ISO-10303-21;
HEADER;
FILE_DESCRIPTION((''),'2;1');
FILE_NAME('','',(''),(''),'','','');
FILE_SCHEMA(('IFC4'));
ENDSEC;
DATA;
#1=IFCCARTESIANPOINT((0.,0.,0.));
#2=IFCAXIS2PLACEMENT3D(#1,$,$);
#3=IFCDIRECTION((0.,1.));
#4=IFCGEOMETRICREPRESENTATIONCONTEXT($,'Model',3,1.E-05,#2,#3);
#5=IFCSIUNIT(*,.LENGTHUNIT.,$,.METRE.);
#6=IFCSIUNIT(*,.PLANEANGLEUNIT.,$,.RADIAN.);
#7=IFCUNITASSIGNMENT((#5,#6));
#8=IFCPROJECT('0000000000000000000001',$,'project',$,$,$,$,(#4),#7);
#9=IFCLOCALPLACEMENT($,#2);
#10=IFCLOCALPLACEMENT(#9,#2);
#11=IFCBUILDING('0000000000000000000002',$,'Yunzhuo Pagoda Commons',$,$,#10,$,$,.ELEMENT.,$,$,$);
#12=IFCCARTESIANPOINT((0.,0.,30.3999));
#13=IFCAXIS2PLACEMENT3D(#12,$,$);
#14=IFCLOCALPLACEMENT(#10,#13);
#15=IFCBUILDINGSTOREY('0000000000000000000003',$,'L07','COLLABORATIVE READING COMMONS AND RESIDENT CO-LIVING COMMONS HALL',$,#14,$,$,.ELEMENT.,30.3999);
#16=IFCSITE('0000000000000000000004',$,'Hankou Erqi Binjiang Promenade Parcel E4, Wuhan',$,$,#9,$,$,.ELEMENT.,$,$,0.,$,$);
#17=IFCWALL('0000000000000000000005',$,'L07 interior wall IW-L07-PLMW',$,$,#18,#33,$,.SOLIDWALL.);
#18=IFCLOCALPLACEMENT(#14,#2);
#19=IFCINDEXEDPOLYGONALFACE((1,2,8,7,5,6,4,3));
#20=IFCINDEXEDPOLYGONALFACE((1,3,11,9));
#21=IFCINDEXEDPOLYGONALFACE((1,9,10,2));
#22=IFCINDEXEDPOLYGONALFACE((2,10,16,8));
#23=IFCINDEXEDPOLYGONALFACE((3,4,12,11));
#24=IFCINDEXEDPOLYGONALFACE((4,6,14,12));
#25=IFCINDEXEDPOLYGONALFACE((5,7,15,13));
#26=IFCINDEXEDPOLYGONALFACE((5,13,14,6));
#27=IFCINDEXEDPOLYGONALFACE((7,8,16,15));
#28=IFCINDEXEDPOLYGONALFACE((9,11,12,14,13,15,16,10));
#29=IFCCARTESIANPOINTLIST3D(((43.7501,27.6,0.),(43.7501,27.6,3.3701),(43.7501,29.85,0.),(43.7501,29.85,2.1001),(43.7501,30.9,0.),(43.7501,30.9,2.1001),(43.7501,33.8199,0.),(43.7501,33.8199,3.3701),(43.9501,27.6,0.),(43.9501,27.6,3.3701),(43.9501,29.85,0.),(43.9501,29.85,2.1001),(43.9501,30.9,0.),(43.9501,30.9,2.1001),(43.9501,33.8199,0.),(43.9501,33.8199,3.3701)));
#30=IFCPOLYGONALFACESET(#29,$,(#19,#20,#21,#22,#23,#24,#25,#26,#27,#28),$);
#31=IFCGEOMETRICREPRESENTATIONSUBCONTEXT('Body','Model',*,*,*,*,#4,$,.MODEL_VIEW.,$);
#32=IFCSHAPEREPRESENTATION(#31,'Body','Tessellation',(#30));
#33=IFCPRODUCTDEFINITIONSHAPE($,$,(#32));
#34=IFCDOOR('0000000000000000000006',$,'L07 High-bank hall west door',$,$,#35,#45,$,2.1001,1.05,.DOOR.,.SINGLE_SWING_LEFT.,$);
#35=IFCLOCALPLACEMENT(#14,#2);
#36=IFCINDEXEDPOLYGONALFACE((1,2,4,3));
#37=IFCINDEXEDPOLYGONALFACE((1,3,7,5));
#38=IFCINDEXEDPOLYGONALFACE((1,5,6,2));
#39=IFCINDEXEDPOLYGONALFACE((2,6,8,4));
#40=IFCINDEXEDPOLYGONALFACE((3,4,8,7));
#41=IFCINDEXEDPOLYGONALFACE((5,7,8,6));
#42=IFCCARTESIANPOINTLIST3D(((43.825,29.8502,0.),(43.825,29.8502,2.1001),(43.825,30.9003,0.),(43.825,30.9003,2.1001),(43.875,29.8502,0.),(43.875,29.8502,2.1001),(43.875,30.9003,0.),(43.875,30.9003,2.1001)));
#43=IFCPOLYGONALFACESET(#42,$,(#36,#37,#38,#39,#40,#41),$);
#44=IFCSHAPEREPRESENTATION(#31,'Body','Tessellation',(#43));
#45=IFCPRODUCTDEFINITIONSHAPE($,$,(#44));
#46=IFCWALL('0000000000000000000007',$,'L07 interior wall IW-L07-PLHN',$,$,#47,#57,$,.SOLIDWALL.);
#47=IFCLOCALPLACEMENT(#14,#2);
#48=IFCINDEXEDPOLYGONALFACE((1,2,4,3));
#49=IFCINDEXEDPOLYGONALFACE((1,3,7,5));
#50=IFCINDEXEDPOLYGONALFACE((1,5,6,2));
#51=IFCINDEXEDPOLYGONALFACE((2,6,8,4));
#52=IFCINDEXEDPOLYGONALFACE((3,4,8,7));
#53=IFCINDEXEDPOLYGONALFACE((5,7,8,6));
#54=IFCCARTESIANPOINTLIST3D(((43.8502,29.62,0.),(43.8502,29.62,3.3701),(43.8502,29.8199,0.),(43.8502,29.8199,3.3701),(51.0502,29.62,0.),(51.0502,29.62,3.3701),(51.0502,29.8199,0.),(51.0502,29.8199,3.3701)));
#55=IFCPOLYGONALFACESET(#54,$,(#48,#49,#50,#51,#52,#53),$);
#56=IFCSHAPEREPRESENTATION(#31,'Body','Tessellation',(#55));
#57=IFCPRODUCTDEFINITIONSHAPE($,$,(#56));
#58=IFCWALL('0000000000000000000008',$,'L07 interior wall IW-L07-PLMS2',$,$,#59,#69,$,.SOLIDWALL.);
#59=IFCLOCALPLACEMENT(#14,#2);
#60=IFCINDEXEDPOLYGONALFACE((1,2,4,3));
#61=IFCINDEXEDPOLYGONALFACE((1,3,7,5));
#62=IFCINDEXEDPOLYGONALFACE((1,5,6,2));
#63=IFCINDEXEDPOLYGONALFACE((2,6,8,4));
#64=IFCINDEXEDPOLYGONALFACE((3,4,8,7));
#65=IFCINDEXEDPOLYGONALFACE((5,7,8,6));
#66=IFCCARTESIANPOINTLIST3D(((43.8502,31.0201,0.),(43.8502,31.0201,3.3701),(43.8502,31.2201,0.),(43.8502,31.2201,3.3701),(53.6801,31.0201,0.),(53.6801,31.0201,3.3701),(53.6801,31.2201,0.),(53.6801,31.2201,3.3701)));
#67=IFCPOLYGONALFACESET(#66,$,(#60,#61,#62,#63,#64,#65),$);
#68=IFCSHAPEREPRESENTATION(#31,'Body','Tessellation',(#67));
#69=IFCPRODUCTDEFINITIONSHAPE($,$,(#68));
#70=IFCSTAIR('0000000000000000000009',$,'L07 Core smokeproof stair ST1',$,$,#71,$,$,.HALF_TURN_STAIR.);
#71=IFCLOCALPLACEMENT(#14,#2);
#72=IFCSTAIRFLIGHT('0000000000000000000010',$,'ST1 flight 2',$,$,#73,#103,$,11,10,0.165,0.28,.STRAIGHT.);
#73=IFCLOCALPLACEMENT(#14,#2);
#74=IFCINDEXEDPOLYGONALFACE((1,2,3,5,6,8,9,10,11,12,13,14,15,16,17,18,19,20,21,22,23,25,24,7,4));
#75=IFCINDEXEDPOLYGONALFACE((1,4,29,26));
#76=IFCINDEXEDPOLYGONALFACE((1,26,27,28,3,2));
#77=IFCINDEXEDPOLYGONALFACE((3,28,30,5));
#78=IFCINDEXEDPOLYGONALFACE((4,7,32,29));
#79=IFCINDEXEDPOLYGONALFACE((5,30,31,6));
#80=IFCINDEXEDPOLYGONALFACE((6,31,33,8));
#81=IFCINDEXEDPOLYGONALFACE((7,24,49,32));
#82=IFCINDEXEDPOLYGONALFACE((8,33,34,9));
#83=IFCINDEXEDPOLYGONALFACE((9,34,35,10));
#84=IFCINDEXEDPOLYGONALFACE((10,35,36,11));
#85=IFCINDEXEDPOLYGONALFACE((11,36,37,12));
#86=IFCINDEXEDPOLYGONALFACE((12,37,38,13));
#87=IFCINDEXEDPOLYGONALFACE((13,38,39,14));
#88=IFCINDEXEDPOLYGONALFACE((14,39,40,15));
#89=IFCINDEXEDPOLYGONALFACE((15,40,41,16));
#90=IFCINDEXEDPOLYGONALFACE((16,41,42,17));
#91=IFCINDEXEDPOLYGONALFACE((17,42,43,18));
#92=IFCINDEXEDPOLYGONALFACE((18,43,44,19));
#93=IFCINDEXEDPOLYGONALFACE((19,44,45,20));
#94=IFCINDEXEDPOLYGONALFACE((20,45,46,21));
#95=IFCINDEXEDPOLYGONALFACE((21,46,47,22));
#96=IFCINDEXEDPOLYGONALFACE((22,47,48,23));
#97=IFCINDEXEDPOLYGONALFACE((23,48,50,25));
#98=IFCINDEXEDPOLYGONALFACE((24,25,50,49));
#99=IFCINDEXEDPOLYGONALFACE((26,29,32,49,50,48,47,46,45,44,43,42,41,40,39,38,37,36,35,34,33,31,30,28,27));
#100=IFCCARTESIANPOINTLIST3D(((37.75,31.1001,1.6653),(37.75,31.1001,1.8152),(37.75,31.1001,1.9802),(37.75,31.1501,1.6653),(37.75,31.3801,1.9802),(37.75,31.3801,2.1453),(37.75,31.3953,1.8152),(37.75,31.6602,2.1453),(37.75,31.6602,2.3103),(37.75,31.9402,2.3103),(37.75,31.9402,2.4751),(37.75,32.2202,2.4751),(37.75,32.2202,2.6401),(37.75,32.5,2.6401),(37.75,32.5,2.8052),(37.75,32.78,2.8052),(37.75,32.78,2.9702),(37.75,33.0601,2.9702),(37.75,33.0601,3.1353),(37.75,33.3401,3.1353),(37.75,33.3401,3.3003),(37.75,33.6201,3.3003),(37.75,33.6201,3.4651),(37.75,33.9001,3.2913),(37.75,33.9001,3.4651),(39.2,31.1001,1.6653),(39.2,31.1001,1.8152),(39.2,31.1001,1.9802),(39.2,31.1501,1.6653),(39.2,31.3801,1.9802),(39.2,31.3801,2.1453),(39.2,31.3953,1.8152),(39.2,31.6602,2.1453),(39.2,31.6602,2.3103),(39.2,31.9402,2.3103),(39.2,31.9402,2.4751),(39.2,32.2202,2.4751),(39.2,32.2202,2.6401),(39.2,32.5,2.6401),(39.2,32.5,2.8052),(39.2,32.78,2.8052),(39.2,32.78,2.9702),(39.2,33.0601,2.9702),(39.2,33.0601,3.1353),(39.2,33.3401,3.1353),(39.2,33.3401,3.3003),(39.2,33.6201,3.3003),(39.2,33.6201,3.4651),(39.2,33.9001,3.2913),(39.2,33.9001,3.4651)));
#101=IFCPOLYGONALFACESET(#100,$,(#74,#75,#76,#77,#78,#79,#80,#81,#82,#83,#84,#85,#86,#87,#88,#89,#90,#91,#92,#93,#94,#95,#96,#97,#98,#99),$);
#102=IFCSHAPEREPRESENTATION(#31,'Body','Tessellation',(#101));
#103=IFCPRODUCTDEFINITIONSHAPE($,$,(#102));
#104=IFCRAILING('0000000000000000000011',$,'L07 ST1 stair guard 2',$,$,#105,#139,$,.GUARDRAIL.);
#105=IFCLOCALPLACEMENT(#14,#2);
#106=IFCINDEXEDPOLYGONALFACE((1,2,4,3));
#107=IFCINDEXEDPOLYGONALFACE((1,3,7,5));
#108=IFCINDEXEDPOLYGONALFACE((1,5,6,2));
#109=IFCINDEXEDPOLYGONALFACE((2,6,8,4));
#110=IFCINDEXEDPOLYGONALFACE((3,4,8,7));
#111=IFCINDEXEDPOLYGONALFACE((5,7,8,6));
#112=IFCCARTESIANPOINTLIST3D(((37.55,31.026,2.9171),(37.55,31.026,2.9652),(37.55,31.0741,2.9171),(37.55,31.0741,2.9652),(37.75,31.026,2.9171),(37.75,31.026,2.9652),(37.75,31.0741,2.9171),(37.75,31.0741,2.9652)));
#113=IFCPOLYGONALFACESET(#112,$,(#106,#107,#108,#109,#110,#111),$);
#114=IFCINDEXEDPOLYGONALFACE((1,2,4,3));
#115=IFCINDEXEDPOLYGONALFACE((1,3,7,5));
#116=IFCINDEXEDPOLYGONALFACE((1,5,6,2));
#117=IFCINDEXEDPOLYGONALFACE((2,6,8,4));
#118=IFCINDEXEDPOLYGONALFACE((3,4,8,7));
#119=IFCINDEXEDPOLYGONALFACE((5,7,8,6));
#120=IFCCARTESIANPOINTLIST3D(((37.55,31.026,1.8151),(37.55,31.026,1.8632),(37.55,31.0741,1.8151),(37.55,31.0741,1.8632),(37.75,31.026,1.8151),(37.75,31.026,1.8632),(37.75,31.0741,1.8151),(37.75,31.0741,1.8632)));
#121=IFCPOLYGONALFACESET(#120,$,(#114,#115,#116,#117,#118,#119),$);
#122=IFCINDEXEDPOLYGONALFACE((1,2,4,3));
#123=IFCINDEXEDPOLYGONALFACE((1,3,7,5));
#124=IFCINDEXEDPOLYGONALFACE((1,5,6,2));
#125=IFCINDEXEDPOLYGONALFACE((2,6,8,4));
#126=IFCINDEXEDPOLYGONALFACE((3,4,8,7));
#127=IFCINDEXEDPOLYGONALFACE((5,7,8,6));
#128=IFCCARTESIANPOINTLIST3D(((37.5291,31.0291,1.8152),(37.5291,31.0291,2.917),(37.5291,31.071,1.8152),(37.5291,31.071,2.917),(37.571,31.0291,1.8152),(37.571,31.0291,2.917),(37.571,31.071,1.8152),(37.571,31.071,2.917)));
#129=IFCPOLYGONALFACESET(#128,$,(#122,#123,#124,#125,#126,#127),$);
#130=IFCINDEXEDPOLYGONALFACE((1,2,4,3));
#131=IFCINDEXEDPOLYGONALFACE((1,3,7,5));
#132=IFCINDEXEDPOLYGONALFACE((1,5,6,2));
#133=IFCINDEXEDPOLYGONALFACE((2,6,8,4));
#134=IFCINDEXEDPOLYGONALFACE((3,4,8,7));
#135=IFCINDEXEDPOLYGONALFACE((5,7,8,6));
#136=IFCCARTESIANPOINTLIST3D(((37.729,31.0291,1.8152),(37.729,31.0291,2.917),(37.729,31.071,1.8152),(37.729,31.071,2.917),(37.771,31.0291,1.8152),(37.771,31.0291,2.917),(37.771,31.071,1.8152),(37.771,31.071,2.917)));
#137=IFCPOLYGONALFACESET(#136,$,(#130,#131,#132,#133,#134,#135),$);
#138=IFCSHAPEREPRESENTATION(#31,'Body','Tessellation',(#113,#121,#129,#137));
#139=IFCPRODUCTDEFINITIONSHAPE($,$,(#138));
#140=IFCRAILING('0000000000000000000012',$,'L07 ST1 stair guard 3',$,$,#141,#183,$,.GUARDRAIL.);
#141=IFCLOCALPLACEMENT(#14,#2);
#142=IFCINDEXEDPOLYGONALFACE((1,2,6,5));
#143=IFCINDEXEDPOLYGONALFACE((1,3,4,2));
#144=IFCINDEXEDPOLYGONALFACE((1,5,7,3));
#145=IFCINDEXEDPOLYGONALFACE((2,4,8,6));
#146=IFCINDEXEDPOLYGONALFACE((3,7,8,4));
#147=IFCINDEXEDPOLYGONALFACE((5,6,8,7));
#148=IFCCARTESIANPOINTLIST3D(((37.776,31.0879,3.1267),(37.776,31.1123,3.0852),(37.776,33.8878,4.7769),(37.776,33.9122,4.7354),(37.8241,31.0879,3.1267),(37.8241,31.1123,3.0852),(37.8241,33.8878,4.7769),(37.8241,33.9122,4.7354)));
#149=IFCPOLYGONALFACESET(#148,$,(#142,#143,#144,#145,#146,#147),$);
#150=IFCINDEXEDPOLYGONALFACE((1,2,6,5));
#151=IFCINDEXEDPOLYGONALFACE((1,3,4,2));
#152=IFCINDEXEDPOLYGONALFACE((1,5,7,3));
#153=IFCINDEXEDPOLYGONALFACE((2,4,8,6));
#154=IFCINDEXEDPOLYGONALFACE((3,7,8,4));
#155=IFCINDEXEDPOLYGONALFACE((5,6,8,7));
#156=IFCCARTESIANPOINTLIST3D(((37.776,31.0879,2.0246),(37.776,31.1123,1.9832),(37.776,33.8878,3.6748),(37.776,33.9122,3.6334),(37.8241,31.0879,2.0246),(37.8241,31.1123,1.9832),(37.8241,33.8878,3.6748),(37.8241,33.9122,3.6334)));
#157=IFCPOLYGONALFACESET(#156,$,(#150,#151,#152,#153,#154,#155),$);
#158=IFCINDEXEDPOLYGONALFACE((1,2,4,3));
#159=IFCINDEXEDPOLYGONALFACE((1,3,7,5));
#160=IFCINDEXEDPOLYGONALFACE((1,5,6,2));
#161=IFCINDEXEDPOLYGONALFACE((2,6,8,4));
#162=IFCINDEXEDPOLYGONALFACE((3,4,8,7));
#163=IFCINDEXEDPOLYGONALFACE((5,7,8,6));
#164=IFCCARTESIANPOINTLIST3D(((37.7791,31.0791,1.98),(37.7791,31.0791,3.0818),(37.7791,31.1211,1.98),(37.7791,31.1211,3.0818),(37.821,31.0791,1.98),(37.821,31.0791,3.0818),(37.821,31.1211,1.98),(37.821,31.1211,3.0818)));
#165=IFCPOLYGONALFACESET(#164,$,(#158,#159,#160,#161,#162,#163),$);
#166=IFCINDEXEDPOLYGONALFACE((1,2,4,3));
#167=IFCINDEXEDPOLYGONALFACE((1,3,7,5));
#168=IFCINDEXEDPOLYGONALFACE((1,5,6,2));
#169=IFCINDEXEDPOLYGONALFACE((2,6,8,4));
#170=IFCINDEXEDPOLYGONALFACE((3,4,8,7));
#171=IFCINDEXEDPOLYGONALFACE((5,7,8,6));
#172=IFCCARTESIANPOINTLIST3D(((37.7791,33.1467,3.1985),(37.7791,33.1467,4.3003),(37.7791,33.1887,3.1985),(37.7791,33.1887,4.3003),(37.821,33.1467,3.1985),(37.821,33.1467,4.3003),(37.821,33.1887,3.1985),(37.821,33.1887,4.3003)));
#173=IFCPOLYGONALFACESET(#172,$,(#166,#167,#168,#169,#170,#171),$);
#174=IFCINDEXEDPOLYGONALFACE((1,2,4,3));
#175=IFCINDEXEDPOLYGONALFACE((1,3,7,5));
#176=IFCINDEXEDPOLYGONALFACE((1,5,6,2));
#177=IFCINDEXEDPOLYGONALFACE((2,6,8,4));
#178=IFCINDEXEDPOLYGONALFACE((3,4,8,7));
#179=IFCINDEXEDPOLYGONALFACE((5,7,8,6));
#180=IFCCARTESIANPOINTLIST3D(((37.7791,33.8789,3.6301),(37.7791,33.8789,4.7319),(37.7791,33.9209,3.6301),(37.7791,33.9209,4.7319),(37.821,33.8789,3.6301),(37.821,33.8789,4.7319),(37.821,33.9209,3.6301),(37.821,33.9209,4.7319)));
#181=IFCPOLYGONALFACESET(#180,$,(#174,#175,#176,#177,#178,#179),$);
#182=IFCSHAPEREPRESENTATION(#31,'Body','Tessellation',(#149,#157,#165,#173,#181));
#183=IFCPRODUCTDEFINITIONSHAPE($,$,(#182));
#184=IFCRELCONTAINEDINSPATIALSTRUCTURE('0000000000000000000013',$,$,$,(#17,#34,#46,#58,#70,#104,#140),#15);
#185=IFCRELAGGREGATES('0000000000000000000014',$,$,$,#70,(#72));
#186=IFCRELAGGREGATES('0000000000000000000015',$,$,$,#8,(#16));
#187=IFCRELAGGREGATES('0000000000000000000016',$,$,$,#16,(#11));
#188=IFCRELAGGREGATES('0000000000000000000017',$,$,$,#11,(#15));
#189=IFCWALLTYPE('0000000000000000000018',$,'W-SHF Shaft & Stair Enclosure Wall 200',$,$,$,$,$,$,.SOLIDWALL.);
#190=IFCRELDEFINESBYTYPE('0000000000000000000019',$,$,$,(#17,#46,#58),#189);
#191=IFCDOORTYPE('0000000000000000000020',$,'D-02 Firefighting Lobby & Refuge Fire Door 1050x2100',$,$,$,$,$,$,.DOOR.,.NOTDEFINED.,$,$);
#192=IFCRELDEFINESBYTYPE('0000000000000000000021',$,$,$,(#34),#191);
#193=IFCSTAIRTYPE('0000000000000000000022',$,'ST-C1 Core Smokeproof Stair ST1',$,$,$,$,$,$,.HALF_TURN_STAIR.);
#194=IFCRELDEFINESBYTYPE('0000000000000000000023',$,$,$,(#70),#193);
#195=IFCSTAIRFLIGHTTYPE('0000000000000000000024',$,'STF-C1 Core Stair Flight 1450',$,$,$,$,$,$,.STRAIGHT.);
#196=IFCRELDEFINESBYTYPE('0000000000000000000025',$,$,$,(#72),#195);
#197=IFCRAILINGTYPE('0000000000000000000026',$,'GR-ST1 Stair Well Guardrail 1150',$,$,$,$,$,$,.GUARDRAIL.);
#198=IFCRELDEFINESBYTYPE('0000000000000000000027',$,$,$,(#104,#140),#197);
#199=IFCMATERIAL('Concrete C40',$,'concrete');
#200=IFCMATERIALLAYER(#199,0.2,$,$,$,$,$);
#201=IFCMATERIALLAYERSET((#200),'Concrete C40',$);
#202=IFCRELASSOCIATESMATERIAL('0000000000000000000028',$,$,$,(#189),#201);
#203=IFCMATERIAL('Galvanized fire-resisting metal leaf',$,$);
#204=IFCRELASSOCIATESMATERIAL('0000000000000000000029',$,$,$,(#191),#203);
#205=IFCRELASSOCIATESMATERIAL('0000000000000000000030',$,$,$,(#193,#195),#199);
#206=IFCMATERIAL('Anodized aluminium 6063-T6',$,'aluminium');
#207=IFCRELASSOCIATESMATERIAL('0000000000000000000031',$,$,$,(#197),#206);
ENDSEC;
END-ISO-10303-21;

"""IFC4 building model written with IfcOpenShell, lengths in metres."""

from ifc_helpers import new_model, si_unit, direction, frame, frame_2d, origin, origin_2d, place, context, subcontext, project, spatial, polyline, rectangle, outline, extrude, source, transform, mapped, material, layer, layer_set, type_object, element, fill, aggregate, save


model = new_model("IFC4")

# Units and contexts
model_context = context("Model", 3, precision=1e-05, world=origin(), true_north=direction((0.0, 1.0)))
body_context = subcontext(model_context, "Body", "Model", "MODEL_VIEW")
ifc_project = project(units=[si_unit("LENGTHUNIT", "METRE"), si_unit("PLANEANGLEUNIT", "RADIAN")], contexts=[model_context])

# Site, building, storey
site_placement = place(None, origin())
site = spatial("IfcSite", under=ifc_project, at=site_placement, Name="Hankou Erqi Binjiang Promenade Parcel E4, Wuhan", CompositionType="ELEMENT", RefElevation=0.0)
building_placement = place(site_placement, origin())
building = spatial("IfcBuilding", under=site, at=building_placement, Name="Yunzhuo Pagoda Commons", CompositionType="ELEMENT")
storey_placement = place(building_placement, frame((0.0, 0.0, 30.3999)))
storey = spatial("IfcBuildingStorey", under=building, at=storey_placement, Name="L07", Description="COLLABORATIVE READING COMMONS AND RESIDENT CO-LIVING COMMONS HALL", CompositionType="ELEMENT", Elevation=30.3999)

# Shared definitions
ifc_material_1 = material(Name="Galvanized fire-resisting metal leaf")

# Shared definitions
ifc_material_2 = material(Name="Concrete C40", Category="concrete")
ifc_layer_1 = layer(ifc_material_2, 0.2)
ifc_layer_set_1 = layer_set([ifc_layer_1], Name="Concrete C40")
wall_type_1 = type_object("IfcWallType", Name="W-SHF Shaft & Stair Enclosure Wall 200", PredefinedType="SOLIDWALL", material=ifc_layer_set_1)
shared_shape_1 = source(origin(), body_context, "Body", "SweptSolid", [
    extrude(rectangle(XDim=1.05, YDim=2.1001, at=frame_2d((0.5249, 1.05))), frame((0.0, 0.0249, 0.0), z_axis=(0.0, -1.0, 0.0), x_axis=(1.0, 0.0, 0.0)), (0.0, 0.0, 1.0), 0.05),
])

# Wall, opening, door
wall_1_placement = place(storey_placement, frame((43.8501, 27.6001, 0.0), z_axis=(0.0, 0.0, 1.0), x_axis=(0.0, 1.0, 0.0)))
wall_1 = element("IfcWall", 1, at=wall_1_placement, inside=storey, type_object=wall_type_1, Name="L07 interior wall IW-L07-PLMW", PredefinedType="SOLIDWALL", context=body_context, shape_type="SweptSolid", body=[
    extrude(rectangle(XDim=6.22, YDim=0.2, at=frame_2d((3.1099, 0.0))), origin(), (0.0, 0.0, 1.0), 3.3701),
])
opening_1_placement = place(wall_1_placement, frame((2.25, 0.0, 0.0)))
opening_1 = element("IfcOpeningElement", 2, at=opening_1_placement, cuts=wall_1, PredefinedType="OPENING", context=body_context, shape_type="SweptSolid", body=[
    extrude(rectangle(XDim=1.05, YDim=2.1001, at=frame_2d((0.5249, 1.05))), frame((0.0, 0.1099, 0.0), z_axis=(0.0, -1.0, 0.0), x_axis=(1.0, 0.0, 0.0)), (0.0, 0.0, 1.0), 0.22),
])
door_type_1 = type_object("IfcDoorType", Name="D-02 Firefighting Lobby & Refuge Fire Door 1050x2100", OperationType="NOTDEFINED", PredefinedType="DOOR", material=ifc_material_1)
door_1_placement = place(opening_1_placement, frame((1.05, 0.0, 0.0), z_axis=(0.0, 0.0, 1.0), x_axis=(-1.0, 0.0, 0.0)))
door_1 = element("IfcDoor", 3, at=door_1_placement, inside=storey, type_object=door_type_1, Name="L07 High-bank hall west door", OperationType="SINGLE_SWING_LEFT", OverallHeight=2.1001, OverallWidth=1.05, PredefinedType="DOOR", context=body_context, shape_type="MappedRepresentation", body=[
    mapped(shared_shape_1, transform((0.0, 0.0, 0.0), scale=1.0)),
])
fill(opening_1, door_1)

# Walls
wall_2_placement = place(storey_placement, frame((43.8501, 29.72, 0.0), z_axis=(0.0, 0.0, 1.0), x_axis=(1.0, 0.0, 0.0)))
element("IfcWall", 4, at=wall_2_placement, inside=storey, type_object=wall_type_1, Name="L07 interior wall IW-L07-PLHN", PredefinedType="SOLIDWALL", context=body_context, shape_type="SweptSolid", body=[
    extrude(rectangle(XDim=7.2, YDim=0.2, at=frame_2d((3.6001, 0.0))), origin(), (0.0, 0.0, 1.0), 3.3701),
])
wall_3_placement = place(storey_placement, frame((43.8501, 31.1201, 0.0), z_axis=(0.0, 0.0, 1.0), x_axis=(1.0, 0.0, 0.0)))
element("IfcWall", 5, at=wall_3_placement, inside=storey, type_object=wall_type_1, Name="L07 interior wall IW-L07-PLMS2", PredefinedType="SOLIDWALL", context=body_context, shape_type="SweptSolid", body=[
    extrude(rectangle(XDim=9.8298, YDim=0.2, at=frame_2d((4.915, 0.0))), origin(), (0.0, 0.0, 1.0), 3.3701),
])

# Stair, stair flight
stair_type = type_object("IfcStairType", Name="ST-C1 Core Smokeproof Stair ST1", PredefinedType="HALF_TURN_STAIR", material=ifc_material_2)
stair_placement = place(storey_placement, origin())
stair = element("IfcStair", 6, at=stair_placement, inside=storey, type_object=stair_type, Name="L07 Core smokeproof stair ST1", PredefinedType="HALF_TURN_STAIR")
stair_flight_type = type_object("IfcStairFlightType", Name="STF-C1 Core Stair Flight 1450", PredefinedType="STRAIGHT", material=ifc_material_2)
shared_shape_2 = source(origin(), body_context, "Body", "SweptSolid", [
    extrude(outline(polyline([(0.0, -0.1499), (0.0, 0.0), (0.0, 0.165), (0.28, 0.165), (0.28, 0.3301), (0.5601, 0.3301), (0.5601, 0.4951), (0.8401, 0.4951), (0.8401, 0.6599), (1.1201, 0.6599), (1.1201, 0.825), (1.3999, 0.825), (1.3999, 0.99), (1.6799, 0.99), (1.6799, 1.155), (1.96, 1.155), (1.96, 1.3201), (2.24, 1.3201), (2.24, 1.4851), (2.52, 1.4851), (2.52, 1.6499), (2.8, 1.6499), (2.8, 1.8149), (2.8, 1.4761), (0.2952, 0.0), (0.05, -0.1499), (0.0, -0.1499)])), frame((0.0, 0.7251, 0.0), z_axis=(0.0, -1.0, 0.0), x_axis=(1.0, 0.0, 0.0)), (0.0, 0.0, 1.0), 1.45),
])
stair_flight_placement = place(storey_placement, frame((38.4751, 31.1001, 1.8152), z_axis=(0.0, 0.0, 1.0), x_axis=(0.0, 1.0, 0.0)))
stair_flight = element("IfcStairFlight", 7, at=stair_flight_placement, type_object=stair_flight_type, Name="ST1 flight 2", NumberOfRisers=11, NumberOfTreads=10, PredefinedType="STRAIGHT", RiserHeight=0.165, TreadLength=0.28, context=body_context, shape_type="MappedRepresentation", body=[
    mapped(shared_shape_2, transform((0.0, 0.0, 0.0), scale=1.0)),
])
aggregate(stair, [stair_flight])

# Railings
ifc_material_3 = material(Name="Anodized aluminium 6063-T6", Category="aluminium")
railing_type_1 = type_object("IfcRailingType", Name="GR-ST1 Stair Well Guardrail 1150", PredefinedType="GUARDRAIL", material=ifc_material_3)
railing_1_placement = place(storey_placement, frame((37.55, 31.05, 1.8152)))
element("IfcRailing", 8, at=railing_1_placement, inside=storey, type_object=railing_type_1, Name="L07 ST1 stair guard 2", PredefinedType="GUARDRAIL", context=body_context, shape_type="SweptSolid", body=[
    extrude(rectangle(XDim=0.0481, YDim=0.0481, at=origin_2d()), frame((0.0, 0.0, 1.126), z_axis=(1.0, 0.0, 0.0), x_axis=(0.0, 1.0, 0.0)), (0.0, 0.0, 1.0), 0.2),
    extrude(rectangle(XDim=0.0481, YDim=0.0481, at=origin_2d()), frame((0.0, 0.0, 0.0239), z_axis=(1.0, 0.0, 0.0), x_axis=(0.0, 1.0, 0.0)), (0.0, 0.0, 1.0), 0.2),
    extrude(rectangle(XDim=0.042, YDim=0.042, at=origin_2d()), origin(), (0.0, 0.0, 1.0), 1.1018),
    extrude(rectangle(XDim=0.042, YDim=0.042, at=origin_2d()), frame((0.2, 0.0, 0.0)), (0.0, 0.0, 1.0), 1.1018),
])
railing_2_placement = place(storey_placement, frame((37.8, 31.1001, 1.98)))
element("IfcRailing", 9, at=railing_2_placement, inside=storey, type_object=railing_type_1, Name="L07 ST1 stair guard 3", PredefinedType="GUARDRAIL", context=body_context, shape_type="SweptSolid", body=[
    extrude(rectangle(XDim=0.0481, YDim=0.0481, at=origin_2d()), frame((0.0, 0.0, 1.126), z_axis=(0.0, 0.861503, 0.507752), x_axis=(-1.0, 0.0, 0.0)), (0.0, 0.0, 1.0), 3.25),
    extrude(rectangle(XDim=0.0481, YDim=0.0481, at=origin_2d()), frame((0.0, 0.0, 0.0239), z_axis=(0.0, 0.861503, 0.507752), x_axis=(-1.0, 0.0, 0.0)), (0.0, 0.0, 1.0), 3.25),
    extrude(rectangle(XDim=0.042, YDim=0.042, at=origin_2d()), origin(), (0.0, 0.0, 1.0), 1.1018),
    extrude(rectangle(XDim=0.042, YDim=0.042, at=origin_2d()), frame((0.0, 2.0676, 1.2185)), (0.0, 0.0, 1.0), 1.1018),
    extrude(rectangle(XDim=0.042, YDim=0.042, at=origin_2d()), frame((0.0, 2.7998, 1.6501)), (0.0, 0.0, 1.0), 1.1018),
])

save(model, "model.ifc")
